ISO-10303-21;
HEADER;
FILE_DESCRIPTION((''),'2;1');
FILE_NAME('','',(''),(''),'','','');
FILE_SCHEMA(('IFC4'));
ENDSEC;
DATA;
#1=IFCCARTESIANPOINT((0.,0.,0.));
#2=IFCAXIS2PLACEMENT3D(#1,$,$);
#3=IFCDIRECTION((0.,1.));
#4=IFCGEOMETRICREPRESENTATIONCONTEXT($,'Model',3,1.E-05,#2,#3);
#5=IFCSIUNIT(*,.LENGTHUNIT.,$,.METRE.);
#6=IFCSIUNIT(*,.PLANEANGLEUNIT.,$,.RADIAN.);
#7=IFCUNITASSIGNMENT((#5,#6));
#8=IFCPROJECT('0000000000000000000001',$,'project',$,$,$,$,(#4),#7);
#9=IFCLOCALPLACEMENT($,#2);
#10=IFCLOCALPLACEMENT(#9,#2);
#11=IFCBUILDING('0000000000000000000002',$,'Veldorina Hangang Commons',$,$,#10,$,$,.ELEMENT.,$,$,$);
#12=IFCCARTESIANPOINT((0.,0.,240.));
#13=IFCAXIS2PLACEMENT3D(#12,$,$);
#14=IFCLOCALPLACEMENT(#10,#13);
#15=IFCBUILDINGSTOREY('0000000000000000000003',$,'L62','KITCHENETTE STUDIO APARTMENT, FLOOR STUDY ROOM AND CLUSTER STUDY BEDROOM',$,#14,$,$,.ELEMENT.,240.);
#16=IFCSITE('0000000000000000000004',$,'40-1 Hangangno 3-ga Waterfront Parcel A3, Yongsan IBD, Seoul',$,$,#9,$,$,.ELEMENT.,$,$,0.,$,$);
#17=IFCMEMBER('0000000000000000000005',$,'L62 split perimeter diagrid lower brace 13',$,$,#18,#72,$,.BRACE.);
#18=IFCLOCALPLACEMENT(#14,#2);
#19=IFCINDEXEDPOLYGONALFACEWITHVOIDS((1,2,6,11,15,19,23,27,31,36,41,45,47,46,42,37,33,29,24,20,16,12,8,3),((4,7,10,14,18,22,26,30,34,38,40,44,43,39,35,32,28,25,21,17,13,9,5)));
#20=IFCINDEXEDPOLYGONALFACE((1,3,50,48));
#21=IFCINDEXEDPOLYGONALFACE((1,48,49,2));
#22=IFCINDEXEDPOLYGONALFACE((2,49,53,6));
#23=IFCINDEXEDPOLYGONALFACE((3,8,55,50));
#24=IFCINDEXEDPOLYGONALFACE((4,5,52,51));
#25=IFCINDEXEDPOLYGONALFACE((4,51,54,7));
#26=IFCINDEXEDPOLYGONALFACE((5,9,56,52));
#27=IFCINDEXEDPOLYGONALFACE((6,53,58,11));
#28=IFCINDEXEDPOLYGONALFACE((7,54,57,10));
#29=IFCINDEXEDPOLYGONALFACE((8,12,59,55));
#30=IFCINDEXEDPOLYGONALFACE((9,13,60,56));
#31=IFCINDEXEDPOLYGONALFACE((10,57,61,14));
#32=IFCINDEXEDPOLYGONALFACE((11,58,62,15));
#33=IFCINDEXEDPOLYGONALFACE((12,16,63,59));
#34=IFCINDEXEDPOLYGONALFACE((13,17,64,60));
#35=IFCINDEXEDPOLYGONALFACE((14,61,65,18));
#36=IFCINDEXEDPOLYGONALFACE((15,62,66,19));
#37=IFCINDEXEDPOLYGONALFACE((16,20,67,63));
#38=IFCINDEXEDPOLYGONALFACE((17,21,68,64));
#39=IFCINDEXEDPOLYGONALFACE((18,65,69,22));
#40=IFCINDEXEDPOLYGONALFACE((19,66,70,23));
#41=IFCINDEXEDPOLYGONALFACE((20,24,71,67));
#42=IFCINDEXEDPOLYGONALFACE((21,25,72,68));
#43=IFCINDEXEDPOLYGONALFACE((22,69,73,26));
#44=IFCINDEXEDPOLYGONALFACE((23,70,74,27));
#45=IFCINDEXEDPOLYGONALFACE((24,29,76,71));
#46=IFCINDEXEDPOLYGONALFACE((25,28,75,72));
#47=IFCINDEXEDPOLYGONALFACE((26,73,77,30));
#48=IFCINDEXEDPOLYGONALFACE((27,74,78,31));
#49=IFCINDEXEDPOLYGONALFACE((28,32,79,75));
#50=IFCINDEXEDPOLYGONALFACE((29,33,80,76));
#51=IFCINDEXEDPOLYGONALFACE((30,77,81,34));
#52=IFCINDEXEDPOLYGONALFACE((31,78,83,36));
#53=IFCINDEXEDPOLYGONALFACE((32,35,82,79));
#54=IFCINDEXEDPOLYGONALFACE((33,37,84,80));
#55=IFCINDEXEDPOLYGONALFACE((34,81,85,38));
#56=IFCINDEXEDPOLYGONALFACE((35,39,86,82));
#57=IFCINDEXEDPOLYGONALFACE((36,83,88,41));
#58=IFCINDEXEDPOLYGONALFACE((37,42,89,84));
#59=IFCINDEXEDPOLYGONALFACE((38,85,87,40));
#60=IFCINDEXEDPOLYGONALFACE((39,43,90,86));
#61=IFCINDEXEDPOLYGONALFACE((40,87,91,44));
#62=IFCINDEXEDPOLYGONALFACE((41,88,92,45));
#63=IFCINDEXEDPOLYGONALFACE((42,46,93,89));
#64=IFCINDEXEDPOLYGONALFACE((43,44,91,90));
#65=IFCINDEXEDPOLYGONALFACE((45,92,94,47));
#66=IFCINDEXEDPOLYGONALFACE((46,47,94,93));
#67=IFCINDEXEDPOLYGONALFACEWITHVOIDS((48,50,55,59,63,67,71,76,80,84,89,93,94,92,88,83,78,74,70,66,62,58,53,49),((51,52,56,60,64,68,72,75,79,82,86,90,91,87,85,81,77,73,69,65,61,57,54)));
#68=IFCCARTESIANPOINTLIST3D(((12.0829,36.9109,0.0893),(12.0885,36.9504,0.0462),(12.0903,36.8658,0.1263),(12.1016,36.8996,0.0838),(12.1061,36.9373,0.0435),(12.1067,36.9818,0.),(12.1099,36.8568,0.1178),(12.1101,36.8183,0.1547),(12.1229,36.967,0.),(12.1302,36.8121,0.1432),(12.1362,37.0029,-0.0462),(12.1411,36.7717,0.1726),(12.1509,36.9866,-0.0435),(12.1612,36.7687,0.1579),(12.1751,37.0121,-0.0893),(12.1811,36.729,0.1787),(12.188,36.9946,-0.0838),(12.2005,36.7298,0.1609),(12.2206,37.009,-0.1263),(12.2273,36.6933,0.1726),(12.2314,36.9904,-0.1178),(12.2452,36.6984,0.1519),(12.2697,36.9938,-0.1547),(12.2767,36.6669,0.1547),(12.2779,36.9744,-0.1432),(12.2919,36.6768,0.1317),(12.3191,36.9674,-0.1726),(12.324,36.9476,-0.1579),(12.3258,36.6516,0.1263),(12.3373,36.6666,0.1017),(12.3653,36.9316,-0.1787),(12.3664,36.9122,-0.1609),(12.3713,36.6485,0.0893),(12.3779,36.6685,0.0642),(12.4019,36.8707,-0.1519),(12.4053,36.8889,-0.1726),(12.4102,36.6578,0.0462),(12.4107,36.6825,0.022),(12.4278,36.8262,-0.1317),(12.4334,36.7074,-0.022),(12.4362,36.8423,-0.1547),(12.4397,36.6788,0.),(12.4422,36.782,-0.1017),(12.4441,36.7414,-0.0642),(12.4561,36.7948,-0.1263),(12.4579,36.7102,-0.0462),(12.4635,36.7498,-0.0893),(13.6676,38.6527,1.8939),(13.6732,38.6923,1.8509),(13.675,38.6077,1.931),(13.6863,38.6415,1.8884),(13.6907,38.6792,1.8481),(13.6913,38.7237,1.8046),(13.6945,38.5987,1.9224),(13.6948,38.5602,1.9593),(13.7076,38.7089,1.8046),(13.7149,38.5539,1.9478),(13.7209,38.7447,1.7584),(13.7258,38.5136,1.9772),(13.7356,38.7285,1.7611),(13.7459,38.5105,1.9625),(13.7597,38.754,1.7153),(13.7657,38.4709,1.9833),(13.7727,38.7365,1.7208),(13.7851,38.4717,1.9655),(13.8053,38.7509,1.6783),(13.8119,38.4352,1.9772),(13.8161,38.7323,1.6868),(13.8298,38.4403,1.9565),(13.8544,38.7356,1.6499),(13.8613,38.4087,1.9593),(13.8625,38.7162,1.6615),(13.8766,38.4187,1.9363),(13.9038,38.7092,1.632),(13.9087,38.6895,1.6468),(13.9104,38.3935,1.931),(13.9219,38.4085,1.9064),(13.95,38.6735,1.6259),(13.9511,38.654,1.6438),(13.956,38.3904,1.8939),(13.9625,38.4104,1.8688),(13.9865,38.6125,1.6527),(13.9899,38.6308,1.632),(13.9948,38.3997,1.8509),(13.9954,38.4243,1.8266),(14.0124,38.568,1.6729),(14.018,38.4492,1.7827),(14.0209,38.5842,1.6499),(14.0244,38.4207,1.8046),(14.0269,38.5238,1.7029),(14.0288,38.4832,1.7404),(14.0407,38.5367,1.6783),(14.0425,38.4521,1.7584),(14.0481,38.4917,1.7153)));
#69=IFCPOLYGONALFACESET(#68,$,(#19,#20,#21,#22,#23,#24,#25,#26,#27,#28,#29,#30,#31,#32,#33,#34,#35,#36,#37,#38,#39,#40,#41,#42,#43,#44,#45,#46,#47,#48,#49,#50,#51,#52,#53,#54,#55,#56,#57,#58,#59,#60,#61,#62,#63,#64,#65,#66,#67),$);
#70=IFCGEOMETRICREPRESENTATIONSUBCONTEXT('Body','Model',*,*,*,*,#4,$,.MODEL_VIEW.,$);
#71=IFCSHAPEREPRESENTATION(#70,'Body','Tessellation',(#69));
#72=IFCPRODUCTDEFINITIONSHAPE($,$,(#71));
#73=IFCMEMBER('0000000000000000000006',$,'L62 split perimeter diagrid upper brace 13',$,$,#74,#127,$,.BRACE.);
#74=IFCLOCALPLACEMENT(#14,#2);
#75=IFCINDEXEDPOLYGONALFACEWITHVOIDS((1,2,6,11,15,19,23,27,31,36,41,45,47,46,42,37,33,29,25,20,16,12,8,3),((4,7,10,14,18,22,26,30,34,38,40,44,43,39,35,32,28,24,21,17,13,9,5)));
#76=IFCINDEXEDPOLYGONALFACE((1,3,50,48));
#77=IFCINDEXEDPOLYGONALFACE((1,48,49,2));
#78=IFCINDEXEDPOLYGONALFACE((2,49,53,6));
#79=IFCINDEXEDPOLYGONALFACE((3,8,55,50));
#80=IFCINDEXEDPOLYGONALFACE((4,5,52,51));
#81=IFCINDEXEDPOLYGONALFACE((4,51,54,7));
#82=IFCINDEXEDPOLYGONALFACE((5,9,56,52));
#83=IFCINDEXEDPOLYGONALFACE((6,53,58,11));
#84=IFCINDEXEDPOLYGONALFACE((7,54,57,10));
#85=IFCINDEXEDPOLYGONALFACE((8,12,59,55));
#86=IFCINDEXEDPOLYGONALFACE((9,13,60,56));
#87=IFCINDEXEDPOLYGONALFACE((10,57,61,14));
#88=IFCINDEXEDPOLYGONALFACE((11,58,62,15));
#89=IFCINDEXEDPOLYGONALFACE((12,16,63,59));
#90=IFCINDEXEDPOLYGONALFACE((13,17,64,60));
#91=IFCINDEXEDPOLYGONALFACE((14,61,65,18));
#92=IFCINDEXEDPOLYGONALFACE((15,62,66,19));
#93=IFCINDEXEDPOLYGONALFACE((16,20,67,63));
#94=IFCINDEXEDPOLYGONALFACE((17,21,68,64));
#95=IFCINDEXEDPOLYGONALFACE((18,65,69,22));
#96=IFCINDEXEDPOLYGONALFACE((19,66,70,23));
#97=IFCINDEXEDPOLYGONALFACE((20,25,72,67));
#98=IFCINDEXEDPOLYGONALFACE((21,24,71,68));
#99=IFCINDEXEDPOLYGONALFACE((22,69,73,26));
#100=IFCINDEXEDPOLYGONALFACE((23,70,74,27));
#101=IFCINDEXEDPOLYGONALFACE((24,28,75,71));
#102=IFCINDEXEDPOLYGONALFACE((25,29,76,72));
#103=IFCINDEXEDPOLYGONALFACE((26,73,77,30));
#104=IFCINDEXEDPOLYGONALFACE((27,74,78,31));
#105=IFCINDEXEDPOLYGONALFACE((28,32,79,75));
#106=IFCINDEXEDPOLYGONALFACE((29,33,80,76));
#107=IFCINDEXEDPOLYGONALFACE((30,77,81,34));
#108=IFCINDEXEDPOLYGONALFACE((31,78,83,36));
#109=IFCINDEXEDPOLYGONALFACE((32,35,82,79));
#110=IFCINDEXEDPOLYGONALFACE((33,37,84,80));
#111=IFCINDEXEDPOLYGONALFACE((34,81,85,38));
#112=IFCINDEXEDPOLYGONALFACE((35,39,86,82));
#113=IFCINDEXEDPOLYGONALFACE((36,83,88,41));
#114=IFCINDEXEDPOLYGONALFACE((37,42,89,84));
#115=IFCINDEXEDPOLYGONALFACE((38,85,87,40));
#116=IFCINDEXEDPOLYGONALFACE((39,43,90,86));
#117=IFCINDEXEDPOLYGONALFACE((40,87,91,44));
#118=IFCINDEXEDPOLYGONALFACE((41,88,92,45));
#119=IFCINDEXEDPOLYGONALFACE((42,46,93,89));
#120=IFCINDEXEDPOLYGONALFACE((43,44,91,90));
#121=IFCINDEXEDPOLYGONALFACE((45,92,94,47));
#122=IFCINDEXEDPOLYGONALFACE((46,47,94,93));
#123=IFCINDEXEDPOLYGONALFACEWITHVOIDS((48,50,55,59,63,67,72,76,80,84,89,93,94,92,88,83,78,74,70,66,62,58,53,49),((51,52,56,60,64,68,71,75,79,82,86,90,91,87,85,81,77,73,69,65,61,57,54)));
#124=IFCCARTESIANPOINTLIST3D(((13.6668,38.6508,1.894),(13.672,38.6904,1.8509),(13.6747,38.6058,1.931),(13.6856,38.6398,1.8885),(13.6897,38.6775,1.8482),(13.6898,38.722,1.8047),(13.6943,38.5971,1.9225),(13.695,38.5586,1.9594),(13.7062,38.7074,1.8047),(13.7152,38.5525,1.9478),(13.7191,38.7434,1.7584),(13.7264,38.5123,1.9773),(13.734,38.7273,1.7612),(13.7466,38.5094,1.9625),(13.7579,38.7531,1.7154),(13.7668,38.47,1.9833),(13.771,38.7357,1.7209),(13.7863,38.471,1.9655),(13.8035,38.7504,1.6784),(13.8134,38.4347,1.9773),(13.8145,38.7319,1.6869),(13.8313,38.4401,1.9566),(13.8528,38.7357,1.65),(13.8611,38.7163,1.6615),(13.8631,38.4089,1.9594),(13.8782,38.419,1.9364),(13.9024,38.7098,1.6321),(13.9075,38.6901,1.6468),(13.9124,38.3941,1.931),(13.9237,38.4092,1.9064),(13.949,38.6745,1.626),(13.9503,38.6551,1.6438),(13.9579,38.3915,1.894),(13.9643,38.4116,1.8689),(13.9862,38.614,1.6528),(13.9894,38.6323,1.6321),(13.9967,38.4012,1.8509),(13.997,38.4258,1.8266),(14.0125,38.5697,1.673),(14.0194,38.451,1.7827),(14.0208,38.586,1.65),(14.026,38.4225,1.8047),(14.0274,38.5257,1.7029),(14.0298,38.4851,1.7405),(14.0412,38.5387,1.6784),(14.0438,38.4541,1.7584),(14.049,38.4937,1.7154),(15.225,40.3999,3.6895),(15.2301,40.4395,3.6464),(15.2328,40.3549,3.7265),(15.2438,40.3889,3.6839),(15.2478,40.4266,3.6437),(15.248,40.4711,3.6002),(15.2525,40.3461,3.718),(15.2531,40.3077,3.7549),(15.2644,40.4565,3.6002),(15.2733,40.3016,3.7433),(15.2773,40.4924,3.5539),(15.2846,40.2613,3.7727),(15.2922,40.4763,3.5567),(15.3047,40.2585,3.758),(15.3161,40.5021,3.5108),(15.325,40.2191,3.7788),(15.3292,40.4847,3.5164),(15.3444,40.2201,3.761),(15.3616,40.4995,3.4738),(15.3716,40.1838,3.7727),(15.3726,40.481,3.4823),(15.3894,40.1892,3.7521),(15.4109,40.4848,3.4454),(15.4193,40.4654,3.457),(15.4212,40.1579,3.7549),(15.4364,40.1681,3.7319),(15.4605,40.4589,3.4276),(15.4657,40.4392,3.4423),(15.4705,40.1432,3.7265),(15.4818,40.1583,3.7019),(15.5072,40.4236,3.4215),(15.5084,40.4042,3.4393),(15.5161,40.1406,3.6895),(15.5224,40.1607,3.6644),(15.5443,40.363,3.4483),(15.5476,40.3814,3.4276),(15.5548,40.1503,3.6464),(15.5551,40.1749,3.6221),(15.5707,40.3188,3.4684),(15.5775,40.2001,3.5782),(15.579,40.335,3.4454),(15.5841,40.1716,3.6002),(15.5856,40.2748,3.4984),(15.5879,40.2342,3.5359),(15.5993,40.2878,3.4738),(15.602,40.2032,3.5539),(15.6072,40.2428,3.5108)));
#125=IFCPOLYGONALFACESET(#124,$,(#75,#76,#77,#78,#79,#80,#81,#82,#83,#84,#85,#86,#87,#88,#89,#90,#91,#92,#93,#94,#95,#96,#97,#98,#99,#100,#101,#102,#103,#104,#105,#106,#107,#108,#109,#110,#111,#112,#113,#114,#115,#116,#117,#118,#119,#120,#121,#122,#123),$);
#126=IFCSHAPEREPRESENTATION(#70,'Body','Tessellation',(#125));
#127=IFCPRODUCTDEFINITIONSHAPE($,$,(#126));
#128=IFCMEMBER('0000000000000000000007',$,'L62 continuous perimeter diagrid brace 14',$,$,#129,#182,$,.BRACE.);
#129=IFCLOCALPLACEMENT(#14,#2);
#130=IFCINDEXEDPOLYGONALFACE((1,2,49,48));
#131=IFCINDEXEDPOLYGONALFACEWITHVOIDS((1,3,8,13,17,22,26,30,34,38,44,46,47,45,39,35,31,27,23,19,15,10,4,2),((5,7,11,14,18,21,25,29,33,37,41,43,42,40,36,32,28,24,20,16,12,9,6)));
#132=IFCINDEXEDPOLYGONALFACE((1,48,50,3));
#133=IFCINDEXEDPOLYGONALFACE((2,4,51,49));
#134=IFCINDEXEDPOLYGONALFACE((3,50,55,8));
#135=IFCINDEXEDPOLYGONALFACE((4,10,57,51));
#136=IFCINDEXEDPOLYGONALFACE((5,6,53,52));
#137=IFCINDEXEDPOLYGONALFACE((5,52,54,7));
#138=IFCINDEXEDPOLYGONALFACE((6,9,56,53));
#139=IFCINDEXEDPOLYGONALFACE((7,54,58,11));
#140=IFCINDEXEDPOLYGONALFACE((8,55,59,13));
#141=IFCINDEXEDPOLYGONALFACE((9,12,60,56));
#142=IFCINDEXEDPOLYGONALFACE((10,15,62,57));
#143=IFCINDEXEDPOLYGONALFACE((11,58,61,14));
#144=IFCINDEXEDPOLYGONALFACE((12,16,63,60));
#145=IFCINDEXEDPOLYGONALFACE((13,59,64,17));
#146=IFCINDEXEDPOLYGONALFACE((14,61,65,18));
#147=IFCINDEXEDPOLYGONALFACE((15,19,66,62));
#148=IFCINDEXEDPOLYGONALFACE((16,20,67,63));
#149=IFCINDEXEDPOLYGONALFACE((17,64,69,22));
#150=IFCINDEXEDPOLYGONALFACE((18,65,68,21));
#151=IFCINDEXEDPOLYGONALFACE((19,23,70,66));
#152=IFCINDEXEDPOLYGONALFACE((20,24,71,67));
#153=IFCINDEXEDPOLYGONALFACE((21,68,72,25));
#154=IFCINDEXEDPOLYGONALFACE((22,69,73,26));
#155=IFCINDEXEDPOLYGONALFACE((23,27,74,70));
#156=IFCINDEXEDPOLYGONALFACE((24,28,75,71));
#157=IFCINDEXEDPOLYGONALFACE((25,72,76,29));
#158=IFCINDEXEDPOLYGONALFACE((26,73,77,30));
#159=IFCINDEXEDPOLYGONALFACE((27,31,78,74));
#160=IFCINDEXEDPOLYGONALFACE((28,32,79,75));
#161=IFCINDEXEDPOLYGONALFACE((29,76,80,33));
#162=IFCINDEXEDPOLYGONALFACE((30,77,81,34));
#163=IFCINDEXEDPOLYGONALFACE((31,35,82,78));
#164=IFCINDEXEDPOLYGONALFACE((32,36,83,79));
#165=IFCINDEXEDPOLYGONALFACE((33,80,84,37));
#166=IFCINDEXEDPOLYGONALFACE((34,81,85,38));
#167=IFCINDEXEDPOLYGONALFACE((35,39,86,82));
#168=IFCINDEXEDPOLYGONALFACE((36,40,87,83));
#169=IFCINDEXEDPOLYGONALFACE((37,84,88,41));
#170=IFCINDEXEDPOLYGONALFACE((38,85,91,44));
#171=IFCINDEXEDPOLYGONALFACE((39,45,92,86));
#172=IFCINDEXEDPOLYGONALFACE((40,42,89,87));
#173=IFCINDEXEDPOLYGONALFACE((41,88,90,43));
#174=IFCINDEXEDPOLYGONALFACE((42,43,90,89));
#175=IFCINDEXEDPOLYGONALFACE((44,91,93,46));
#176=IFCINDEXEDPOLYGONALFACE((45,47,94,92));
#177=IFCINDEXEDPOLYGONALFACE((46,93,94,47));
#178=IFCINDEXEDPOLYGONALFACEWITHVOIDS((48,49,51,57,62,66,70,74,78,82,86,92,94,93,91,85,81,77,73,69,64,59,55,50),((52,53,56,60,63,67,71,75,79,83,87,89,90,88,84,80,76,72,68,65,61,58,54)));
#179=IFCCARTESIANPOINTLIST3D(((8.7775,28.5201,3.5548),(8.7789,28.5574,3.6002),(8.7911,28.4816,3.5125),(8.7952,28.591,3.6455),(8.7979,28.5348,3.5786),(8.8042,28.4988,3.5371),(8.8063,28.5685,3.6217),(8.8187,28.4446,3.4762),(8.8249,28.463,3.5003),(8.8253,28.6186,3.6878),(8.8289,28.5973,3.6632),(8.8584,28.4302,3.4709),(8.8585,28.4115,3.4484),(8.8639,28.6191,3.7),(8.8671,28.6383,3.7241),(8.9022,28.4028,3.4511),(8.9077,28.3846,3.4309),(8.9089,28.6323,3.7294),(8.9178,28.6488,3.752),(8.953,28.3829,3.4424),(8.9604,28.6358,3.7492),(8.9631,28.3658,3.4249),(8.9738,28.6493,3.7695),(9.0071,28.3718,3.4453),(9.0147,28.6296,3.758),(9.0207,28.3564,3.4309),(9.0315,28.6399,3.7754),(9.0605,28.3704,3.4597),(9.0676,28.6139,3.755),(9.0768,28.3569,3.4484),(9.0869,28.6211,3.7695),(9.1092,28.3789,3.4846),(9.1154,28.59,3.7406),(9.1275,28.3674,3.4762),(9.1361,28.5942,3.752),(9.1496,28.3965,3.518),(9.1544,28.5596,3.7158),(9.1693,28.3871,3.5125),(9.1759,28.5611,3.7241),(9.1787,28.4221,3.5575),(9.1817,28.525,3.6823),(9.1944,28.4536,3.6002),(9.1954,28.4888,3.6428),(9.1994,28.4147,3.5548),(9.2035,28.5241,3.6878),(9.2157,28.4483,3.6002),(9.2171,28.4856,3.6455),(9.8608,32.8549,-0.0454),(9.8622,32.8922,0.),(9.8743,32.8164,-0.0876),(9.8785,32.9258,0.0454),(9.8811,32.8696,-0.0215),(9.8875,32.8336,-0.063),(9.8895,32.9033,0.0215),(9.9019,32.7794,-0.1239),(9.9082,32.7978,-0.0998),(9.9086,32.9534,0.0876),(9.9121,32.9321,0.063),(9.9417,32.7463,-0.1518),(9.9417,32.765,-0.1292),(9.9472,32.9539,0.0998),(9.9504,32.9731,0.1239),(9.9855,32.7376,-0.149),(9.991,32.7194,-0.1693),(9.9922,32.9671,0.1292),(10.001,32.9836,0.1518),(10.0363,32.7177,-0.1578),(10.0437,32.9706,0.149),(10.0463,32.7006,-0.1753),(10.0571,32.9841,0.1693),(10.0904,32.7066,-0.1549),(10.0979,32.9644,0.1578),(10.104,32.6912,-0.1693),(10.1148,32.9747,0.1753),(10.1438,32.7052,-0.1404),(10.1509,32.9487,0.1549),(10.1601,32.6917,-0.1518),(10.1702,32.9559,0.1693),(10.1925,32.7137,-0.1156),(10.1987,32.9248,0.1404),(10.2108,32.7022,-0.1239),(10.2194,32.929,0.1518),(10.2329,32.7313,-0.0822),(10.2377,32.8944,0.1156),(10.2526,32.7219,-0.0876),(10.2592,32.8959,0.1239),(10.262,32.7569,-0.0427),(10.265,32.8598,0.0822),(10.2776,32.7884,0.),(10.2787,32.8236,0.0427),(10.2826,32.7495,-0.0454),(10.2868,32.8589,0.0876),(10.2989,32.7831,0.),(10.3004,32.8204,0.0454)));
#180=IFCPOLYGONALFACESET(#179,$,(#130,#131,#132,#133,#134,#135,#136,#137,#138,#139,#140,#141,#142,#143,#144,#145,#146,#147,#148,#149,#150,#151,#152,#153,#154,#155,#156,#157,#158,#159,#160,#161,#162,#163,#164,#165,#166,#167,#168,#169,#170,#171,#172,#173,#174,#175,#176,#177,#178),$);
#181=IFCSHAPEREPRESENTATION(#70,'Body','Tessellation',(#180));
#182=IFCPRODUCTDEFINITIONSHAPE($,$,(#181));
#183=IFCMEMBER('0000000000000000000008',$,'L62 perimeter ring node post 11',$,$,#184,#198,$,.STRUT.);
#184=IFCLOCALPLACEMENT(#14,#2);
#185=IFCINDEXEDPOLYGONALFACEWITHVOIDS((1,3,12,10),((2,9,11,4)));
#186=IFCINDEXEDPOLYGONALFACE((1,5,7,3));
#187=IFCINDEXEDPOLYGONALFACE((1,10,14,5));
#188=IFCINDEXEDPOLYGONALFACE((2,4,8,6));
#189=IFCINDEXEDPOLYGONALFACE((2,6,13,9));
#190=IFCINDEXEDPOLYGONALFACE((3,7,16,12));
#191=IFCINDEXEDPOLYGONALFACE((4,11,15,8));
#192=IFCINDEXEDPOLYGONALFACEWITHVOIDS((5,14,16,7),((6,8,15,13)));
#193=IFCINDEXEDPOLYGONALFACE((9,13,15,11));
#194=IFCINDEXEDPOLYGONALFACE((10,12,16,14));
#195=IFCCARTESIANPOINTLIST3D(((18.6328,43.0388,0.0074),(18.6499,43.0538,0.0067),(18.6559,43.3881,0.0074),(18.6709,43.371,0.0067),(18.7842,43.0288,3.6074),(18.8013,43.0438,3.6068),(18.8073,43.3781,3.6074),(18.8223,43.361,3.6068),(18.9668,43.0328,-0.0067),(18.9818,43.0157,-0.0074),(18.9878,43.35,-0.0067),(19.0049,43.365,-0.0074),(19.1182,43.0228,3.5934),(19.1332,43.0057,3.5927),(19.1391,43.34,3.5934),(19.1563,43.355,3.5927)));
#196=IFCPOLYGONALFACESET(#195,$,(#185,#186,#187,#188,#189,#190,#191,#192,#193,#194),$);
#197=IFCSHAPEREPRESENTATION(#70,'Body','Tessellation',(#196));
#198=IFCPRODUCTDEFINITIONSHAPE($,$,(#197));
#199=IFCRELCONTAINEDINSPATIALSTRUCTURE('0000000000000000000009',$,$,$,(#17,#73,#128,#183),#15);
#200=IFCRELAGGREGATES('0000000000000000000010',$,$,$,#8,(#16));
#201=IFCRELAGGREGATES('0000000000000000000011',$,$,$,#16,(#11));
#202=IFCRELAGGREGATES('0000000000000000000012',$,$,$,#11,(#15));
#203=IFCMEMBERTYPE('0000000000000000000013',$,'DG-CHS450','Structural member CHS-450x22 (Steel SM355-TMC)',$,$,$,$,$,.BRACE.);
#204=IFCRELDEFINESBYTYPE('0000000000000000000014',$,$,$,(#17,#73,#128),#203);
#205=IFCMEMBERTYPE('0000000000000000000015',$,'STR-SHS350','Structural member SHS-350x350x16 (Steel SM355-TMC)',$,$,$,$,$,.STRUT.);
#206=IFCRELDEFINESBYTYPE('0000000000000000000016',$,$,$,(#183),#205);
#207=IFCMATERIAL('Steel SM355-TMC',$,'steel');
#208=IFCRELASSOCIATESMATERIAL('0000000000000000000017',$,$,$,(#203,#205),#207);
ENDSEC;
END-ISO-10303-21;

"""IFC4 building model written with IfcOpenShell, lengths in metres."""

from ifc_helpers import new_model, si_unit, direction, frame, origin, origin_2d, place, context, subcontext, project, spatial, hollow_rectangle, hollow_circle, extrude, material, material_profile, profile_set, type_object, element, save


model = new_model("IFC4")

# Units and contexts
model_context = context("Model", 3, precision=1e-05, world=origin(), true_north=direction((0.0, 1.0)))
body_context = subcontext(model_context, "Body", "Model", "MODEL_VIEW")
ifc_project = project(units=[si_unit("LENGTHUNIT", "METRE"), si_unit("PLANEANGLEUNIT", "RADIAN")], contexts=[model_context])

# Site, building, storey
site_placement = place(None, origin())
site = spatial("IfcSite", under=ifc_project, at=site_placement, Name="40-1 Hangangno 3-ga Waterfront Parcel A3, Yongsan IBD, Seoul", CompositionType="ELEMENT", RefElevation=0.0)
building_placement = place(site_placement, origin())
building = spatial("IfcBuilding", under=site, at=building_placement, Name="Veldorina Hangang Commons", CompositionType="ELEMENT")
storey_placement = place(building_placement, frame((0.0, 0.0, 240.0)))
storey = spatial("IfcBuildingStorey", under=building, at=storey_placement, Name="L62", Description="KITCHENETTE STUDIO APARTMENT, FLOOR STUDY ROOM AND CLUSTER STUDY BEDROOM", CompositionType="ELEMENT", Elevation=240.0)

# Shared definitions
ifc_material_1 = material(Name="Steel SM355-TMC", Category="steel")

# Members
ifc_material_profile_1 = material_profile(ifc_material_1, hollow_circle(Radius=0.2251, WallThickness=0.022, at=origin_2d()), Name="CHS-450x22")
ifc_profile_set_1 = profile_set([ifc_material_profile_1], Name="Steel SM355-TMC")
member_type_1 = type_object("IfcMemberType", Name="DG-CHS450", Description="Structural member CHS-450x22 (Steel SM355-TMC)", PredefinedType="BRACE", material=ifc_profile_set_1)
member_1_placement = place(storey_placement, frame((12.2732, 36.8303, 0.0), z_axis=(0.534129, 0.587123, 0.60827), x_axis=(-0.739701, 0.672936, 0.0)))
element("IfcMember", 1, at=member_1_placement, inside=storey, type_object=member_type_1, Name="L62 split perimeter diagrid lower brace 13", PredefinedType="BRACE", context=body_context, shape_type="SweptSolid", body=[
    extrude(hollow_circle(Radius=0.2251, WallThickness=0.022, at=origin_2d()), origin(), (0.0, 0.0, 1.0), 2.9668),
])
member_2_placement = place(storey_placement, frame((13.8579, 38.5723, 1.8047), z_axis=(0.527936, 0.592625, 0.608342), x_axis=(-0.746684, 0.665179, 0.0)))
element("IfcMember", 2, at=member_2_placement, inside=storey, type_object=member_type_1, Name="L62 split perimeter diagrid upper brace 13", PredefinedType="BRACE", context=body_context, shape_type="SweptSolid", body=[
    extrude(hollow_circle(Radius=0.2251, WallThickness=0.022, at=origin_2d()), origin(), (0.0, 0.0, 1.0), 2.9514),
])
member_3_placement = place(storey_placement, frame((10.0806, 32.8376, 0.0), z_axis=(-0.188788, -0.755449, 0.62742), x_axis=(0.970165, -0.242446, 0.0)))
element("IfcMember", 3, at=member_3_placement, inside=storey, type_object=member_type_1, Name="L62 continuous perimeter diagrid brace 14", PredefinedType="BRACE", context=body_context, shape_type="SweptSolid", body=[
    extrude(hollow_circle(Radius=0.2251, WallThickness=0.022, at=origin_2d()), origin(), (0.0, 0.0, 1.0), 5.738),
])
ifc_material_profile_2 = material_profile(ifc_material_1, hollow_rectangle(XDim=0.3501, YDim=0.3501, WallThickness=0.0161, at=origin_2d()), Name="SHS-350x350x16")
ifc_profile_set_2 = profile_set([ifc_material_profile_2], Name="Steel SM355-TMC")
member_type_2 = type_object("IfcMemberType", Name="STR-SHS350", Description="Structural member SHS-350x350x16 (Steel SM355-TMC)", PredefinedType="STRUT", material=ifc_profile_set_2)
member_4_placement = place(storey_placement, frame((18.8188, 43.2019, 0.0), z_axis=(0.042008, -0.002778, 0.999113), x_axis=(0.065985, 0.997821, 0.0)))
element("IfcMember", 4, at=member_4_placement, inside=storey, type_object=member_type_2, Name="L62 perimeter ring node post 11", PredefinedType="STRUT", context=body_context, shape_type="SweptSolid", body=[
    extrude(hollow_rectangle(XDim=0.3501, YDim=0.3501, WallThickness=0.0161, at=origin_2d()), origin(), (0.0, 0.0, 1.0), 3.6033),
])

save(model, "model.ifc")
